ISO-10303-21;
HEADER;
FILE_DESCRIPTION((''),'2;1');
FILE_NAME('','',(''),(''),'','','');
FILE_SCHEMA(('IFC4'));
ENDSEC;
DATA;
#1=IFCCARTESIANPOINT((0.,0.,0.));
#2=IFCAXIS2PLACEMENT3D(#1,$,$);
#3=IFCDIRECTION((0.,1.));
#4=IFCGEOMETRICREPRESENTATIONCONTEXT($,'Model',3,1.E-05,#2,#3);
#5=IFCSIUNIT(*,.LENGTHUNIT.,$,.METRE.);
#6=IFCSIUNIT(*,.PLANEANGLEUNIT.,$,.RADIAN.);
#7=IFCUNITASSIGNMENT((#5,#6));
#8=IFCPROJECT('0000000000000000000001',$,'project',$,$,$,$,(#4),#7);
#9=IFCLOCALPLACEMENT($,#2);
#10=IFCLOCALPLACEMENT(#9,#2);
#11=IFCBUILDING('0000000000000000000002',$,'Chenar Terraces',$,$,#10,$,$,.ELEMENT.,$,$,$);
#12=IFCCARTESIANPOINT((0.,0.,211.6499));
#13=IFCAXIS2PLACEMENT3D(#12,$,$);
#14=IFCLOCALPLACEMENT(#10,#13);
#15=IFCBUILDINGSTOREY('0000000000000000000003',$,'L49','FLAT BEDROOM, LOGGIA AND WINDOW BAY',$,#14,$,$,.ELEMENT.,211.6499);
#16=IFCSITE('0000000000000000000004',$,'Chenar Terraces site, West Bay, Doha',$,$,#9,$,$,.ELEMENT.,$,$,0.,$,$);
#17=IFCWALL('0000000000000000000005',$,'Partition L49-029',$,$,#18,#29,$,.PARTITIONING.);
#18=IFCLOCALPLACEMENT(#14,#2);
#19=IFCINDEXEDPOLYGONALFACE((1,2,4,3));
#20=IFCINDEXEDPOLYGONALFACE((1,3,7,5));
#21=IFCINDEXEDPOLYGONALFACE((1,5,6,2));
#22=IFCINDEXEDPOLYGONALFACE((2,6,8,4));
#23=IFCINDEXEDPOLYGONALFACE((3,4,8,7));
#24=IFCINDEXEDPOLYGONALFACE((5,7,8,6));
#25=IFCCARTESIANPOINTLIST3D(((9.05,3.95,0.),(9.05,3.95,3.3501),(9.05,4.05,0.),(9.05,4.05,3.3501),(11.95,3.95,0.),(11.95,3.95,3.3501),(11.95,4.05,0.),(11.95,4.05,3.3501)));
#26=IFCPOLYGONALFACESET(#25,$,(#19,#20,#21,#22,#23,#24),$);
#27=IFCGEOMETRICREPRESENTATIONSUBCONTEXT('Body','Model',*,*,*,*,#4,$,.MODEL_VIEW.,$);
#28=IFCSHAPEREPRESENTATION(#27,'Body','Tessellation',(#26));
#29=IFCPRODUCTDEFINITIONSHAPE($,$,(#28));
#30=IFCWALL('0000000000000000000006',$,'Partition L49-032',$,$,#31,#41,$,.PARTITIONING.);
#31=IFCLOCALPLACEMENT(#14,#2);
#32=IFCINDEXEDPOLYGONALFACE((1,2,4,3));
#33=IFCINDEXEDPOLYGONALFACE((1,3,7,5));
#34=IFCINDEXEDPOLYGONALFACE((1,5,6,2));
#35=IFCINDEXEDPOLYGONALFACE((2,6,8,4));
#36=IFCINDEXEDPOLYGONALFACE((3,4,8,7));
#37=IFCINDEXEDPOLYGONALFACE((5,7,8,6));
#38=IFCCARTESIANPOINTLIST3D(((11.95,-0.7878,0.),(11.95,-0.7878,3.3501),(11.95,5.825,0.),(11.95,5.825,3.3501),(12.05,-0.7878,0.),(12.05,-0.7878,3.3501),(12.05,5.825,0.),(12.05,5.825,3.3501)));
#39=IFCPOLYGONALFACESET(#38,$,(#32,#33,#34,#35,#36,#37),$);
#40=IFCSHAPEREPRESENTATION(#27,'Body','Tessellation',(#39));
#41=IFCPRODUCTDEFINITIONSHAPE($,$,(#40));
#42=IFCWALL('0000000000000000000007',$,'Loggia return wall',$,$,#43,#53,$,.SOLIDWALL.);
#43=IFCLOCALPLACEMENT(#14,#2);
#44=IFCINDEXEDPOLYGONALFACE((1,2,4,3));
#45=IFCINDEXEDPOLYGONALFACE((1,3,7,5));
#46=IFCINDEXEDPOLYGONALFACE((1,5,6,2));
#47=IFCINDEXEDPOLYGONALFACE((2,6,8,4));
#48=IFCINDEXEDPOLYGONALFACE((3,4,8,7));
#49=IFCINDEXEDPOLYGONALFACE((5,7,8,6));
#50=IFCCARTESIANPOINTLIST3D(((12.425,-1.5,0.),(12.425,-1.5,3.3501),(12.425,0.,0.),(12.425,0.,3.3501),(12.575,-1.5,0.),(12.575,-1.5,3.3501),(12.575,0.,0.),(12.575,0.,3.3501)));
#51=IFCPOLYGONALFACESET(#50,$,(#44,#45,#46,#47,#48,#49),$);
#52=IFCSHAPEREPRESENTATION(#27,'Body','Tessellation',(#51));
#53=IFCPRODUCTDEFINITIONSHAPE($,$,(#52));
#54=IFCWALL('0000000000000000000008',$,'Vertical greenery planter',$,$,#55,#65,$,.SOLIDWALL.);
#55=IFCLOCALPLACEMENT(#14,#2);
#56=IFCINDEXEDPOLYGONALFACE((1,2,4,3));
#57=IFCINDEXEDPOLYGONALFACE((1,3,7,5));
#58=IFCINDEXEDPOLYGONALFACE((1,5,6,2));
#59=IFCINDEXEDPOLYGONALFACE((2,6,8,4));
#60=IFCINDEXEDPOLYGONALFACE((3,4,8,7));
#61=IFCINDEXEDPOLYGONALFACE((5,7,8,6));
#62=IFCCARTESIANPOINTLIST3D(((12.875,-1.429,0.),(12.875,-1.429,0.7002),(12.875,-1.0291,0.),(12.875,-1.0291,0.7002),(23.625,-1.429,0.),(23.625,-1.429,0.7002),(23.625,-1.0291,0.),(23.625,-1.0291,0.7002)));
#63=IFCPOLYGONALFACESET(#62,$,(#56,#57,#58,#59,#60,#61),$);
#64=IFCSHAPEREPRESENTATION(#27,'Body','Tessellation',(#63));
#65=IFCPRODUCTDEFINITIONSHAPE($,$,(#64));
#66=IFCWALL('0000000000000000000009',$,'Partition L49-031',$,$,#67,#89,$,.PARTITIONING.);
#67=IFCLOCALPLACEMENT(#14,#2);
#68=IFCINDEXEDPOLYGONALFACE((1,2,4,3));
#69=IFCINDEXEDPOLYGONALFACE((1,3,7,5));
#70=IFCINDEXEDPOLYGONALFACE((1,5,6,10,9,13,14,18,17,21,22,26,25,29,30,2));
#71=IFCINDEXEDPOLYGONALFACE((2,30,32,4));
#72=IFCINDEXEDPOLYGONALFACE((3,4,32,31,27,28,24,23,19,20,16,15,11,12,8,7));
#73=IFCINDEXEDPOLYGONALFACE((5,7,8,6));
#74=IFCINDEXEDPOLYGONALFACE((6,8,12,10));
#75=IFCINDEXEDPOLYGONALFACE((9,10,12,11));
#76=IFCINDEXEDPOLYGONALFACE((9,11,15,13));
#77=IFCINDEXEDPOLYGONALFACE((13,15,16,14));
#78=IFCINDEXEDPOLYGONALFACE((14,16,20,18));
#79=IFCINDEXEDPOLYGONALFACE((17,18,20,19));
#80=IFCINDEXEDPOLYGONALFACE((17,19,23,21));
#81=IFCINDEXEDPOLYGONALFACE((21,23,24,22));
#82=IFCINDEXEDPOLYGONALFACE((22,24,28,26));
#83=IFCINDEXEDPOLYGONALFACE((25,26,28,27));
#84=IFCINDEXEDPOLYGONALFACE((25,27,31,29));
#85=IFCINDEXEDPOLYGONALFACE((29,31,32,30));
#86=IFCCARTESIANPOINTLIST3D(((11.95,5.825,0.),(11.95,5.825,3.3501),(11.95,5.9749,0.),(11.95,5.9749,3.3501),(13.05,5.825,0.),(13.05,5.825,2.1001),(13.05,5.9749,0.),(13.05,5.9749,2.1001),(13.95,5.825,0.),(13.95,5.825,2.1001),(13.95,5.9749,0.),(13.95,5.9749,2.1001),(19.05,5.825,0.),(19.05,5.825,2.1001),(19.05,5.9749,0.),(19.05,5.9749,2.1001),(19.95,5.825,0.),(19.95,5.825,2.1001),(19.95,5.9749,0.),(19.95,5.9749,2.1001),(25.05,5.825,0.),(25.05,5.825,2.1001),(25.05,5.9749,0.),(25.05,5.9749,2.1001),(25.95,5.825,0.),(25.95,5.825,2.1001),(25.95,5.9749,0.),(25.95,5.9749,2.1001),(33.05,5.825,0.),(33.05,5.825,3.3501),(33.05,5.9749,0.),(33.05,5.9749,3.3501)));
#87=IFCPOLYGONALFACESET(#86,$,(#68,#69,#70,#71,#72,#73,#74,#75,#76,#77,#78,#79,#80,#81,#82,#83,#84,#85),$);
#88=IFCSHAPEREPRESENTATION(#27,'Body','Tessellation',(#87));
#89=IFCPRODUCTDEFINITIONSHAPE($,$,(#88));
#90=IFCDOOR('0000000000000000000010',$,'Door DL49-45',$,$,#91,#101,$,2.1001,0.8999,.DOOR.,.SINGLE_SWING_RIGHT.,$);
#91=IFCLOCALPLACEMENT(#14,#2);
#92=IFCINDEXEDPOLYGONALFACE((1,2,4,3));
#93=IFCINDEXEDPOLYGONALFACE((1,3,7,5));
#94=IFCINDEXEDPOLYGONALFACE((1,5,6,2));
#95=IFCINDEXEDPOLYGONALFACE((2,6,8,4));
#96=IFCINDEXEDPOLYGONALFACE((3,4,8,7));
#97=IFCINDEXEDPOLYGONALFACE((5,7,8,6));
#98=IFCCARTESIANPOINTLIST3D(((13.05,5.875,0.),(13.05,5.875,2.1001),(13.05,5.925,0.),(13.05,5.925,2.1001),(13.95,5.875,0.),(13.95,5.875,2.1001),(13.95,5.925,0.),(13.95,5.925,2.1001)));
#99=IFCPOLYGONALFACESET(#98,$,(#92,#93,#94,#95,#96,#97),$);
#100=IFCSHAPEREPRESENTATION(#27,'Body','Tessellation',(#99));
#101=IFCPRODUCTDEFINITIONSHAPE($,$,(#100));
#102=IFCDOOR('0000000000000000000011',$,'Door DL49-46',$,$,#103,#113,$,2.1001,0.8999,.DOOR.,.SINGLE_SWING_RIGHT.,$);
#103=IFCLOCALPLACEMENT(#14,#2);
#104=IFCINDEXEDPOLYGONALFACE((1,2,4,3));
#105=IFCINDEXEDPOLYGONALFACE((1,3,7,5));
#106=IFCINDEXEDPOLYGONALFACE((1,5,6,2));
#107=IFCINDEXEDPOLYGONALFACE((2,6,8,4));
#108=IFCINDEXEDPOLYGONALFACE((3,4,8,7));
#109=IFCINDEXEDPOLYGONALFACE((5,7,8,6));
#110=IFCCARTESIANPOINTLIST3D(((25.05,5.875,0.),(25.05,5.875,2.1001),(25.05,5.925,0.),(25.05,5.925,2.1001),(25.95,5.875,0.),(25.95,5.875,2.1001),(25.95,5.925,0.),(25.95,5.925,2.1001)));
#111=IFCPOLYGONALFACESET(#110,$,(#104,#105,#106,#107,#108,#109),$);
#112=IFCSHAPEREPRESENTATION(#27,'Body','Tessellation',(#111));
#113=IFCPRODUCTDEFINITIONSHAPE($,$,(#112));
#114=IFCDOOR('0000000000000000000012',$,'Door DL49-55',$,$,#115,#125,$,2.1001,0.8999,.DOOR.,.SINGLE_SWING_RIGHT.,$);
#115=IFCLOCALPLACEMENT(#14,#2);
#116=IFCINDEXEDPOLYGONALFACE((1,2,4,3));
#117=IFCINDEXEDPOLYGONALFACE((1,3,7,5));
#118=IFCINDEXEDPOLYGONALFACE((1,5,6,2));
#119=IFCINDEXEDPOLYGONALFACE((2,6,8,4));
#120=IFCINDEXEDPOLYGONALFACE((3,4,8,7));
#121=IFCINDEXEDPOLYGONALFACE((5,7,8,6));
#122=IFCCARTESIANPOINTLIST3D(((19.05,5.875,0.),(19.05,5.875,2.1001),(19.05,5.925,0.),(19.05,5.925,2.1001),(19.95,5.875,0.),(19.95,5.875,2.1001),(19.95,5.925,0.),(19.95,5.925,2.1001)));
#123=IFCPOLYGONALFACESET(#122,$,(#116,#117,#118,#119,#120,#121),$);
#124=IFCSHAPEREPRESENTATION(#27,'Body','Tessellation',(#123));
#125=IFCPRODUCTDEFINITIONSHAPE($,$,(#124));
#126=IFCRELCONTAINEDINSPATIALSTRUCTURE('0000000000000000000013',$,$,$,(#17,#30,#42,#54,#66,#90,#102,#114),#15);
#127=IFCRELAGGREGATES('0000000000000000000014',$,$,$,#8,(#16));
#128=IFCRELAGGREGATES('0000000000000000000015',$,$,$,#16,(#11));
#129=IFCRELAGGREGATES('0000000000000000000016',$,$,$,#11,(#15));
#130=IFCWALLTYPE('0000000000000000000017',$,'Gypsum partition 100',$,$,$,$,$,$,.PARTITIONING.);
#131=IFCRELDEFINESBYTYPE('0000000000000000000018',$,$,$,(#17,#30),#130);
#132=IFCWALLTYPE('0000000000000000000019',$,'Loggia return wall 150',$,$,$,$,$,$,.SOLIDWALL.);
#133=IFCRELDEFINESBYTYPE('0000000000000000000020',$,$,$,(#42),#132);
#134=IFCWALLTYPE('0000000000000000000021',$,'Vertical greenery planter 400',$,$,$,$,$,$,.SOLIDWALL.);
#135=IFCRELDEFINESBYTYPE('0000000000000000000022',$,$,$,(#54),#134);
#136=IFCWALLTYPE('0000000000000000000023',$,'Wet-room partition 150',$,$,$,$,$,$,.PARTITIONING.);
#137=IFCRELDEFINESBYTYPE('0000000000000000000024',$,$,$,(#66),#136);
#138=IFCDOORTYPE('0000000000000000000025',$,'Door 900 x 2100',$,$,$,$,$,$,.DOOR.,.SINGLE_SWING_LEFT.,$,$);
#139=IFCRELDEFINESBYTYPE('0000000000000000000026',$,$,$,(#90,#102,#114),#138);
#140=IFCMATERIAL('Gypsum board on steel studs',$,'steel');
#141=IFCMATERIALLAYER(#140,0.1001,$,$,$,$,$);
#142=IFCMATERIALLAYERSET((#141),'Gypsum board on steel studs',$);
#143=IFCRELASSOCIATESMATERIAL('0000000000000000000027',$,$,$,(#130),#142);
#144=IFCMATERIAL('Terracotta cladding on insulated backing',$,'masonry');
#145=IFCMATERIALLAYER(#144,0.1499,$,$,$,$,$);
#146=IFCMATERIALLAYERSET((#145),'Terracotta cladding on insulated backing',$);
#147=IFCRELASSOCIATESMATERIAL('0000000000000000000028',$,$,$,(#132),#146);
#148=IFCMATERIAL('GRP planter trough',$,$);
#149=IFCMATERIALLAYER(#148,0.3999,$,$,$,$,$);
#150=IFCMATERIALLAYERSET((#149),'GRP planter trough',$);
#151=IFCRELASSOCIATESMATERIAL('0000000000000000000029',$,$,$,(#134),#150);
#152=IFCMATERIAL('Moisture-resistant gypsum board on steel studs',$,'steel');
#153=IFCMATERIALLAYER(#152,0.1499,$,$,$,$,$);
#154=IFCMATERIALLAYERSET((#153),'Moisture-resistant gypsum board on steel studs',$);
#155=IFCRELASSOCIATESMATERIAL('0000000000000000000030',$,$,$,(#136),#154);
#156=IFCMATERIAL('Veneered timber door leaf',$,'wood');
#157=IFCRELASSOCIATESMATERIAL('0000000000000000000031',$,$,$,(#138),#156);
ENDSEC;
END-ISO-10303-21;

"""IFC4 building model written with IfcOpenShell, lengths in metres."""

from ifc_helpers import new_model, si_unit, direction, frame, frame_2d, origin, place, context, subcontext, project, spatial, rectangle, extrude, material, layer, layer_set, type_object, element, fill, save


model = new_model("IFC4")

# Units and contexts
model_context = context("Model", 3, precision=1e-05, world=origin(), true_north=direction((0.0, 1.0)))
body_context = subcontext(model_context, "Body", "Model", "MODEL_VIEW")
ifc_project = project(units=[si_unit("LENGTHUNIT", "METRE"), si_unit("PLANEANGLEUNIT", "RADIAN")], contexts=[model_context])

# Site, building, storey
site_placement = place(None, origin())
site = spatial("IfcSite", under=ifc_project, at=site_placement, Name="Chenar Terraces site, West Bay, Doha", CompositionType="ELEMENT", RefElevation=0.0)
building_placement = place(site_placement, origin())
building = spatial("IfcBuilding", under=site, at=building_placement, Name="Chenar Terraces", CompositionType="ELEMENT")
storey_placement = place(building_placement, frame((0.0, 0.0, 211.6499)))
storey = spatial("IfcBuildingStorey", under=building, at=storey_placement, Name="L49", Description="FLAT BEDROOM, LOGGIA AND WINDOW BAY", CompositionType="ELEMENT", Elevation=211.6499)

# Walls
ifc_material_1 = material(Name="Gypsum board on steel studs", Category="steel")
ifc_layer_1 = layer(ifc_material_1, 0.1001)
ifc_layer_set_1 = layer_set([ifc_layer_1], Name="Gypsum board on steel studs")
wall_type_1 = type_object("IfcWallType", Name="Gypsum partition 100", PredefinedType="PARTITIONING", material=ifc_layer_set_1)
wall_1_placement = place(storey_placement, frame((9.05, 4.0, 0.0), z_axis=(0.0, 0.0, 1.0), x_axis=(1.0, 0.0, 0.0)))
element("IfcWall", 1, at=wall_1_placement, inside=storey, type_object=wall_type_1, Name="Partition L49-029", PredefinedType="PARTITIONING", context=body_context, shape_type="SweptSolid", body=[
    extrude(rectangle(XDim=2.8999, YDim=0.1001, at=frame_2d((1.45, 0.0))), origin(), (0.0, 0.0, 1.0), 3.3501),
])
wall_2_placement = place(storey_placement, frame((12.0, -0.7878, 0.0), z_axis=(0.0, 0.0, 1.0), x_axis=(0.0, 1.0, 0.0)))
element("IfcWall", 2, at=wall_2_placement, inside=storey, type_object=wall_type_1, Name="Partition L49-032", PredefinedType="PARTITIONING", context=body_context, shape_type="SweptSolid", body=[
    extrude(rectangle(XDim=6.6128, YDim=0.1001, at=frame_2d((3.3064, 0.0))), origin(), (0.0, 0.0, 1.0), 3.3501),
])
ifc_material_2 = material(Name="Terracotta cladding on insulated backing", Category="masonry")
ifc_layer_2 = layer(ifc_material_2, 0.1499)
ifc_layer_set_2 = layer_set([ifc_layer_2], Name="Terracotta cladding on insulated backing")
wall_type_2 = type_object("IfcWallType", Name="Loggia return wall 150", PredefinedType="SOLIDWALL", material=ifc_layer_set_2)
wall_3_placement = place(storey_placement, frame((12.5, -1.5, 0.0), z_axis=(0.0, 0.0, 1.0), x_axis=(0.0, 1.0, 0.0)))
element("IfcWall", 3, at=wall_3_placement, inside=storey, type_object=wall_type_2, Name="Loggia return wall", PredefinedType="SOLIDWALL", context=body_context, shape_type="SweptSolid", body=[
    extrude(rectangle(XDim=1.5, YDim=0.1499, at=frame_2d((0.75, 0.0))), origin(), (0.0, 0.0, 1.0), 3.3501),
])
ifc_material_3 = material(Name="GRP planter trough")
ifc_layer_3 = layer(ifc_material_3, 0.3999)
ifc_layer_set_3 = layer_set([ifc_layer_3], Name="GRP planter trough")
wall_type_3 = type_object("IfcWallType", Name="Vertical greenery planter 400", PredefinedType="SOLIDWALL", material=ifc_layer_set_3)
wall_4_placement = place(storey_placement, frame((12.875, -1.229, 0.0), z_axis=(0.0, 0.0, 1.0), x_axis=(1.0, 0.0, 0.0)))
element("IfcWall", 4, at=wall_4_placement, inside=storey, type_object=wall_type_3, Name="Vertical greenery planter", PredefinedType="SOLIDWALL", context=body_context, shape_type="SweptSolid", body=[
    extrude(rectangle(XDim=10.75, YDim=0.3999, at=frame_2d((5.375, 0.0))), origin(), (0.0, 0.0, 1.0), 0.7002),
])

# Wall, openings, doors
ifc_material_4 = material(Name="Moisture-resistant gypsum board on steel studs", Category="steel")
ifc_layer_4 = layer(ifc_material_4, 0.1499)
ifc_layer_set_4 = layer_set([ifc_layer_4], Name="Moisture-resistant gypsum board on steel studs")
wall_type_4 = type_object("IfcWallType", Name="Wet-room partition 150", PredefinedType="PARTITIONING", material=ifc_layer_set_4)
wall_5_placement = place(storey_placement, frame((11.95, 5.8999, 0.0), z_axis=(0.0, 0.0, 1.0), x_axis=(1.0, 0.0, 0.0)))
wall_5 = element("IfcWall", 5, at=wall_5_placement, inside=storey, type_object=wall_type_4, Name="Partition L49-031", PredefinedType="PARTITIONING", context=body_context, shape_type="SweptSolid", body=[
    extrude(rectangle(XDim=21.1001, YDim=0.1499, at=frame_2d((10.55, 0.0))), origin(), (0.0, 0.0, 1.0), 3.3501),
])
opening_1_placement = place(wall_5_placement, frame((1.1001, 0.0, 0.0)))
opening_1 = element("IfcOpeningElement", 6, at=opening_1_placement, cuts=wall_5, PredefinedType="OPENING", context=body_context, shape_type="SweptSolid", body=[
    extrude(rectangle(XDim=0.8999, YDim=2.1001, at=frame_2d((0.45, 1.05))), frame((0.0, 0.085, 0.0), z_axis=(0.0, -1.0, 0.0), x_axis=(1.0, 0.0, 0.0)), (0.0, 0.0, 1.0), 0.1699),
])
opening_2_placement = place(wall_5_placement, frame((13.1001, 0.0, 0.0)))
opening_2 = element("IfcOpeningElement", 7, at=opening_2_placement, cuts=wall_5, PredefinedType="OPENING", context=body_context, shape_type="SweptSolid", body=[
    extrude(rectangle(XDim=0.8999, YDim=2.1001, at=frame_2d((0.45, 1.05))), frame((0.0, 0.085, 0.0), z_axis=(0.0, -1.0, 0.0), x_axis=(1.0, 0.0, 0.0)), (0.0, 0.0, 1.0), 0.1699),
])
opening_3_placement = place(wall_5_placement, frame((7.1001, 0.0, 0.0)))
opening_3 = element("IfcOpeningElement", 8, at=opening_3_placement, cuts=wall_5, PredefinedType="OPENING", context=body_context, shape_type="SweptSolid", body=[
    extrude(rectangle(XDim=0.8999, YDim=2.1001, at=frame_2d((0.45, 1.05))), frame((0.0, 0.085, 0.0), z_axis=(0.0, -1.0, 0.0), x_axis=(1.0, 0.0, 0.0)), (0.0, 0.0, 1.0), 0.1699),
])
ifc_material_5 = material(Name="Veneered timber door leaf", Category="wood")
door_type_1 = type_object("IfcDoorType", Name="Door 900 x 2100", OperationType="SINGLE_SWING_LEFT", PredefinedType="DOOR", material=ifc_material_5)
door_1_placement = place(opening_1_placement, frame((0.8999, 0.0, 0.0), z_axis=(0.0, 0.0, 1.0), x_axis=(-1.0, 0.0, 0.0)))
door_1 = element("IfcDoor", 9, at=door_1_placement, inside=storey, type_object=door_type_1, Name="Door DL49-45", OperationType="SINGLE_SWING_RIGHT", OverallHeight=2.1001, OverallWidth=0.8999, PredefinedType="DOOR", context=body_context, shape_type="SweptSolid", body=[
    extrude(rectangle(XDim=0.8999, YDim=2.1001, at=frame_2d((0.45, 1.05))), frame((0.0, 0.0249, 0.0), z_axis=(0.0, -1.0, 0.0), x_axis=(1.0, 0.0, 0.0)), (0.0, 0.0, 1.0), 0.05),
])
fill(opening_1, door_1)
door_2_placement = place(opening_2_placement, frame((0.8999, 0.0, 0.0), z_axis=(0.0, 0.0, 1.0), x_axis=(-1.0, 0.0, 0.0)))
door_2 = element("IfcDoor", 10, at=door_2_placement, inside=storey, type_object=door_type_1, Name="Door DL49-46", OperationType="SINGLE_SWING_RIGHT", OverallHeight=2.1001, OverallWidth=0.8999, PredefinedType="DOOR", context=body_context, shape_type="SweptSolid", body=[
    extrude(rectangle(XDim=0.8999, YDim=2.1001, at=frame_2d((0.45, 1.05))), frame((0.0, 0.0249, 0.0), z_axis=(0.0, -1.0, 0.0), x_axis=(1.0, 0.0, 0.0)), (0.0, 0.0, 1.0), 0.05),
])
fill(opening_2, door_2)
door_3_placement = place(opening_3_placement, frame((0.8999, 0.0, 0.0), z_axis=(0.0, 0.0, 1.0), x_axis=(-1.0, 0.0, 0.0)))
door_3 = element("IfcDoor", 11, at=door_3_placement, inside=storey, type_object=door_type_1, Name="Door DL49-55", OperationType="SINGLE_SWING_RIGHT", OverallHeight=2.1001, OverallWidth=0.8999, PredefinedType="DOOR", context=body_context, shape_type="SweptSolid", body=[
    extrude(rectangle(XDim=0.8999, YDim=2.1001, at=frame_2d((0.45, 1.05))), frame((0.0, 0.0249, 0.0), z_axis=(0.0, -1.0, 0.0), x_axis=(1.0, 0.0, 0.0)), (0.0, 0.0, 1.0), 0.05),
])
fill(opening_3, door_3)

save(model, "model.ifc")
